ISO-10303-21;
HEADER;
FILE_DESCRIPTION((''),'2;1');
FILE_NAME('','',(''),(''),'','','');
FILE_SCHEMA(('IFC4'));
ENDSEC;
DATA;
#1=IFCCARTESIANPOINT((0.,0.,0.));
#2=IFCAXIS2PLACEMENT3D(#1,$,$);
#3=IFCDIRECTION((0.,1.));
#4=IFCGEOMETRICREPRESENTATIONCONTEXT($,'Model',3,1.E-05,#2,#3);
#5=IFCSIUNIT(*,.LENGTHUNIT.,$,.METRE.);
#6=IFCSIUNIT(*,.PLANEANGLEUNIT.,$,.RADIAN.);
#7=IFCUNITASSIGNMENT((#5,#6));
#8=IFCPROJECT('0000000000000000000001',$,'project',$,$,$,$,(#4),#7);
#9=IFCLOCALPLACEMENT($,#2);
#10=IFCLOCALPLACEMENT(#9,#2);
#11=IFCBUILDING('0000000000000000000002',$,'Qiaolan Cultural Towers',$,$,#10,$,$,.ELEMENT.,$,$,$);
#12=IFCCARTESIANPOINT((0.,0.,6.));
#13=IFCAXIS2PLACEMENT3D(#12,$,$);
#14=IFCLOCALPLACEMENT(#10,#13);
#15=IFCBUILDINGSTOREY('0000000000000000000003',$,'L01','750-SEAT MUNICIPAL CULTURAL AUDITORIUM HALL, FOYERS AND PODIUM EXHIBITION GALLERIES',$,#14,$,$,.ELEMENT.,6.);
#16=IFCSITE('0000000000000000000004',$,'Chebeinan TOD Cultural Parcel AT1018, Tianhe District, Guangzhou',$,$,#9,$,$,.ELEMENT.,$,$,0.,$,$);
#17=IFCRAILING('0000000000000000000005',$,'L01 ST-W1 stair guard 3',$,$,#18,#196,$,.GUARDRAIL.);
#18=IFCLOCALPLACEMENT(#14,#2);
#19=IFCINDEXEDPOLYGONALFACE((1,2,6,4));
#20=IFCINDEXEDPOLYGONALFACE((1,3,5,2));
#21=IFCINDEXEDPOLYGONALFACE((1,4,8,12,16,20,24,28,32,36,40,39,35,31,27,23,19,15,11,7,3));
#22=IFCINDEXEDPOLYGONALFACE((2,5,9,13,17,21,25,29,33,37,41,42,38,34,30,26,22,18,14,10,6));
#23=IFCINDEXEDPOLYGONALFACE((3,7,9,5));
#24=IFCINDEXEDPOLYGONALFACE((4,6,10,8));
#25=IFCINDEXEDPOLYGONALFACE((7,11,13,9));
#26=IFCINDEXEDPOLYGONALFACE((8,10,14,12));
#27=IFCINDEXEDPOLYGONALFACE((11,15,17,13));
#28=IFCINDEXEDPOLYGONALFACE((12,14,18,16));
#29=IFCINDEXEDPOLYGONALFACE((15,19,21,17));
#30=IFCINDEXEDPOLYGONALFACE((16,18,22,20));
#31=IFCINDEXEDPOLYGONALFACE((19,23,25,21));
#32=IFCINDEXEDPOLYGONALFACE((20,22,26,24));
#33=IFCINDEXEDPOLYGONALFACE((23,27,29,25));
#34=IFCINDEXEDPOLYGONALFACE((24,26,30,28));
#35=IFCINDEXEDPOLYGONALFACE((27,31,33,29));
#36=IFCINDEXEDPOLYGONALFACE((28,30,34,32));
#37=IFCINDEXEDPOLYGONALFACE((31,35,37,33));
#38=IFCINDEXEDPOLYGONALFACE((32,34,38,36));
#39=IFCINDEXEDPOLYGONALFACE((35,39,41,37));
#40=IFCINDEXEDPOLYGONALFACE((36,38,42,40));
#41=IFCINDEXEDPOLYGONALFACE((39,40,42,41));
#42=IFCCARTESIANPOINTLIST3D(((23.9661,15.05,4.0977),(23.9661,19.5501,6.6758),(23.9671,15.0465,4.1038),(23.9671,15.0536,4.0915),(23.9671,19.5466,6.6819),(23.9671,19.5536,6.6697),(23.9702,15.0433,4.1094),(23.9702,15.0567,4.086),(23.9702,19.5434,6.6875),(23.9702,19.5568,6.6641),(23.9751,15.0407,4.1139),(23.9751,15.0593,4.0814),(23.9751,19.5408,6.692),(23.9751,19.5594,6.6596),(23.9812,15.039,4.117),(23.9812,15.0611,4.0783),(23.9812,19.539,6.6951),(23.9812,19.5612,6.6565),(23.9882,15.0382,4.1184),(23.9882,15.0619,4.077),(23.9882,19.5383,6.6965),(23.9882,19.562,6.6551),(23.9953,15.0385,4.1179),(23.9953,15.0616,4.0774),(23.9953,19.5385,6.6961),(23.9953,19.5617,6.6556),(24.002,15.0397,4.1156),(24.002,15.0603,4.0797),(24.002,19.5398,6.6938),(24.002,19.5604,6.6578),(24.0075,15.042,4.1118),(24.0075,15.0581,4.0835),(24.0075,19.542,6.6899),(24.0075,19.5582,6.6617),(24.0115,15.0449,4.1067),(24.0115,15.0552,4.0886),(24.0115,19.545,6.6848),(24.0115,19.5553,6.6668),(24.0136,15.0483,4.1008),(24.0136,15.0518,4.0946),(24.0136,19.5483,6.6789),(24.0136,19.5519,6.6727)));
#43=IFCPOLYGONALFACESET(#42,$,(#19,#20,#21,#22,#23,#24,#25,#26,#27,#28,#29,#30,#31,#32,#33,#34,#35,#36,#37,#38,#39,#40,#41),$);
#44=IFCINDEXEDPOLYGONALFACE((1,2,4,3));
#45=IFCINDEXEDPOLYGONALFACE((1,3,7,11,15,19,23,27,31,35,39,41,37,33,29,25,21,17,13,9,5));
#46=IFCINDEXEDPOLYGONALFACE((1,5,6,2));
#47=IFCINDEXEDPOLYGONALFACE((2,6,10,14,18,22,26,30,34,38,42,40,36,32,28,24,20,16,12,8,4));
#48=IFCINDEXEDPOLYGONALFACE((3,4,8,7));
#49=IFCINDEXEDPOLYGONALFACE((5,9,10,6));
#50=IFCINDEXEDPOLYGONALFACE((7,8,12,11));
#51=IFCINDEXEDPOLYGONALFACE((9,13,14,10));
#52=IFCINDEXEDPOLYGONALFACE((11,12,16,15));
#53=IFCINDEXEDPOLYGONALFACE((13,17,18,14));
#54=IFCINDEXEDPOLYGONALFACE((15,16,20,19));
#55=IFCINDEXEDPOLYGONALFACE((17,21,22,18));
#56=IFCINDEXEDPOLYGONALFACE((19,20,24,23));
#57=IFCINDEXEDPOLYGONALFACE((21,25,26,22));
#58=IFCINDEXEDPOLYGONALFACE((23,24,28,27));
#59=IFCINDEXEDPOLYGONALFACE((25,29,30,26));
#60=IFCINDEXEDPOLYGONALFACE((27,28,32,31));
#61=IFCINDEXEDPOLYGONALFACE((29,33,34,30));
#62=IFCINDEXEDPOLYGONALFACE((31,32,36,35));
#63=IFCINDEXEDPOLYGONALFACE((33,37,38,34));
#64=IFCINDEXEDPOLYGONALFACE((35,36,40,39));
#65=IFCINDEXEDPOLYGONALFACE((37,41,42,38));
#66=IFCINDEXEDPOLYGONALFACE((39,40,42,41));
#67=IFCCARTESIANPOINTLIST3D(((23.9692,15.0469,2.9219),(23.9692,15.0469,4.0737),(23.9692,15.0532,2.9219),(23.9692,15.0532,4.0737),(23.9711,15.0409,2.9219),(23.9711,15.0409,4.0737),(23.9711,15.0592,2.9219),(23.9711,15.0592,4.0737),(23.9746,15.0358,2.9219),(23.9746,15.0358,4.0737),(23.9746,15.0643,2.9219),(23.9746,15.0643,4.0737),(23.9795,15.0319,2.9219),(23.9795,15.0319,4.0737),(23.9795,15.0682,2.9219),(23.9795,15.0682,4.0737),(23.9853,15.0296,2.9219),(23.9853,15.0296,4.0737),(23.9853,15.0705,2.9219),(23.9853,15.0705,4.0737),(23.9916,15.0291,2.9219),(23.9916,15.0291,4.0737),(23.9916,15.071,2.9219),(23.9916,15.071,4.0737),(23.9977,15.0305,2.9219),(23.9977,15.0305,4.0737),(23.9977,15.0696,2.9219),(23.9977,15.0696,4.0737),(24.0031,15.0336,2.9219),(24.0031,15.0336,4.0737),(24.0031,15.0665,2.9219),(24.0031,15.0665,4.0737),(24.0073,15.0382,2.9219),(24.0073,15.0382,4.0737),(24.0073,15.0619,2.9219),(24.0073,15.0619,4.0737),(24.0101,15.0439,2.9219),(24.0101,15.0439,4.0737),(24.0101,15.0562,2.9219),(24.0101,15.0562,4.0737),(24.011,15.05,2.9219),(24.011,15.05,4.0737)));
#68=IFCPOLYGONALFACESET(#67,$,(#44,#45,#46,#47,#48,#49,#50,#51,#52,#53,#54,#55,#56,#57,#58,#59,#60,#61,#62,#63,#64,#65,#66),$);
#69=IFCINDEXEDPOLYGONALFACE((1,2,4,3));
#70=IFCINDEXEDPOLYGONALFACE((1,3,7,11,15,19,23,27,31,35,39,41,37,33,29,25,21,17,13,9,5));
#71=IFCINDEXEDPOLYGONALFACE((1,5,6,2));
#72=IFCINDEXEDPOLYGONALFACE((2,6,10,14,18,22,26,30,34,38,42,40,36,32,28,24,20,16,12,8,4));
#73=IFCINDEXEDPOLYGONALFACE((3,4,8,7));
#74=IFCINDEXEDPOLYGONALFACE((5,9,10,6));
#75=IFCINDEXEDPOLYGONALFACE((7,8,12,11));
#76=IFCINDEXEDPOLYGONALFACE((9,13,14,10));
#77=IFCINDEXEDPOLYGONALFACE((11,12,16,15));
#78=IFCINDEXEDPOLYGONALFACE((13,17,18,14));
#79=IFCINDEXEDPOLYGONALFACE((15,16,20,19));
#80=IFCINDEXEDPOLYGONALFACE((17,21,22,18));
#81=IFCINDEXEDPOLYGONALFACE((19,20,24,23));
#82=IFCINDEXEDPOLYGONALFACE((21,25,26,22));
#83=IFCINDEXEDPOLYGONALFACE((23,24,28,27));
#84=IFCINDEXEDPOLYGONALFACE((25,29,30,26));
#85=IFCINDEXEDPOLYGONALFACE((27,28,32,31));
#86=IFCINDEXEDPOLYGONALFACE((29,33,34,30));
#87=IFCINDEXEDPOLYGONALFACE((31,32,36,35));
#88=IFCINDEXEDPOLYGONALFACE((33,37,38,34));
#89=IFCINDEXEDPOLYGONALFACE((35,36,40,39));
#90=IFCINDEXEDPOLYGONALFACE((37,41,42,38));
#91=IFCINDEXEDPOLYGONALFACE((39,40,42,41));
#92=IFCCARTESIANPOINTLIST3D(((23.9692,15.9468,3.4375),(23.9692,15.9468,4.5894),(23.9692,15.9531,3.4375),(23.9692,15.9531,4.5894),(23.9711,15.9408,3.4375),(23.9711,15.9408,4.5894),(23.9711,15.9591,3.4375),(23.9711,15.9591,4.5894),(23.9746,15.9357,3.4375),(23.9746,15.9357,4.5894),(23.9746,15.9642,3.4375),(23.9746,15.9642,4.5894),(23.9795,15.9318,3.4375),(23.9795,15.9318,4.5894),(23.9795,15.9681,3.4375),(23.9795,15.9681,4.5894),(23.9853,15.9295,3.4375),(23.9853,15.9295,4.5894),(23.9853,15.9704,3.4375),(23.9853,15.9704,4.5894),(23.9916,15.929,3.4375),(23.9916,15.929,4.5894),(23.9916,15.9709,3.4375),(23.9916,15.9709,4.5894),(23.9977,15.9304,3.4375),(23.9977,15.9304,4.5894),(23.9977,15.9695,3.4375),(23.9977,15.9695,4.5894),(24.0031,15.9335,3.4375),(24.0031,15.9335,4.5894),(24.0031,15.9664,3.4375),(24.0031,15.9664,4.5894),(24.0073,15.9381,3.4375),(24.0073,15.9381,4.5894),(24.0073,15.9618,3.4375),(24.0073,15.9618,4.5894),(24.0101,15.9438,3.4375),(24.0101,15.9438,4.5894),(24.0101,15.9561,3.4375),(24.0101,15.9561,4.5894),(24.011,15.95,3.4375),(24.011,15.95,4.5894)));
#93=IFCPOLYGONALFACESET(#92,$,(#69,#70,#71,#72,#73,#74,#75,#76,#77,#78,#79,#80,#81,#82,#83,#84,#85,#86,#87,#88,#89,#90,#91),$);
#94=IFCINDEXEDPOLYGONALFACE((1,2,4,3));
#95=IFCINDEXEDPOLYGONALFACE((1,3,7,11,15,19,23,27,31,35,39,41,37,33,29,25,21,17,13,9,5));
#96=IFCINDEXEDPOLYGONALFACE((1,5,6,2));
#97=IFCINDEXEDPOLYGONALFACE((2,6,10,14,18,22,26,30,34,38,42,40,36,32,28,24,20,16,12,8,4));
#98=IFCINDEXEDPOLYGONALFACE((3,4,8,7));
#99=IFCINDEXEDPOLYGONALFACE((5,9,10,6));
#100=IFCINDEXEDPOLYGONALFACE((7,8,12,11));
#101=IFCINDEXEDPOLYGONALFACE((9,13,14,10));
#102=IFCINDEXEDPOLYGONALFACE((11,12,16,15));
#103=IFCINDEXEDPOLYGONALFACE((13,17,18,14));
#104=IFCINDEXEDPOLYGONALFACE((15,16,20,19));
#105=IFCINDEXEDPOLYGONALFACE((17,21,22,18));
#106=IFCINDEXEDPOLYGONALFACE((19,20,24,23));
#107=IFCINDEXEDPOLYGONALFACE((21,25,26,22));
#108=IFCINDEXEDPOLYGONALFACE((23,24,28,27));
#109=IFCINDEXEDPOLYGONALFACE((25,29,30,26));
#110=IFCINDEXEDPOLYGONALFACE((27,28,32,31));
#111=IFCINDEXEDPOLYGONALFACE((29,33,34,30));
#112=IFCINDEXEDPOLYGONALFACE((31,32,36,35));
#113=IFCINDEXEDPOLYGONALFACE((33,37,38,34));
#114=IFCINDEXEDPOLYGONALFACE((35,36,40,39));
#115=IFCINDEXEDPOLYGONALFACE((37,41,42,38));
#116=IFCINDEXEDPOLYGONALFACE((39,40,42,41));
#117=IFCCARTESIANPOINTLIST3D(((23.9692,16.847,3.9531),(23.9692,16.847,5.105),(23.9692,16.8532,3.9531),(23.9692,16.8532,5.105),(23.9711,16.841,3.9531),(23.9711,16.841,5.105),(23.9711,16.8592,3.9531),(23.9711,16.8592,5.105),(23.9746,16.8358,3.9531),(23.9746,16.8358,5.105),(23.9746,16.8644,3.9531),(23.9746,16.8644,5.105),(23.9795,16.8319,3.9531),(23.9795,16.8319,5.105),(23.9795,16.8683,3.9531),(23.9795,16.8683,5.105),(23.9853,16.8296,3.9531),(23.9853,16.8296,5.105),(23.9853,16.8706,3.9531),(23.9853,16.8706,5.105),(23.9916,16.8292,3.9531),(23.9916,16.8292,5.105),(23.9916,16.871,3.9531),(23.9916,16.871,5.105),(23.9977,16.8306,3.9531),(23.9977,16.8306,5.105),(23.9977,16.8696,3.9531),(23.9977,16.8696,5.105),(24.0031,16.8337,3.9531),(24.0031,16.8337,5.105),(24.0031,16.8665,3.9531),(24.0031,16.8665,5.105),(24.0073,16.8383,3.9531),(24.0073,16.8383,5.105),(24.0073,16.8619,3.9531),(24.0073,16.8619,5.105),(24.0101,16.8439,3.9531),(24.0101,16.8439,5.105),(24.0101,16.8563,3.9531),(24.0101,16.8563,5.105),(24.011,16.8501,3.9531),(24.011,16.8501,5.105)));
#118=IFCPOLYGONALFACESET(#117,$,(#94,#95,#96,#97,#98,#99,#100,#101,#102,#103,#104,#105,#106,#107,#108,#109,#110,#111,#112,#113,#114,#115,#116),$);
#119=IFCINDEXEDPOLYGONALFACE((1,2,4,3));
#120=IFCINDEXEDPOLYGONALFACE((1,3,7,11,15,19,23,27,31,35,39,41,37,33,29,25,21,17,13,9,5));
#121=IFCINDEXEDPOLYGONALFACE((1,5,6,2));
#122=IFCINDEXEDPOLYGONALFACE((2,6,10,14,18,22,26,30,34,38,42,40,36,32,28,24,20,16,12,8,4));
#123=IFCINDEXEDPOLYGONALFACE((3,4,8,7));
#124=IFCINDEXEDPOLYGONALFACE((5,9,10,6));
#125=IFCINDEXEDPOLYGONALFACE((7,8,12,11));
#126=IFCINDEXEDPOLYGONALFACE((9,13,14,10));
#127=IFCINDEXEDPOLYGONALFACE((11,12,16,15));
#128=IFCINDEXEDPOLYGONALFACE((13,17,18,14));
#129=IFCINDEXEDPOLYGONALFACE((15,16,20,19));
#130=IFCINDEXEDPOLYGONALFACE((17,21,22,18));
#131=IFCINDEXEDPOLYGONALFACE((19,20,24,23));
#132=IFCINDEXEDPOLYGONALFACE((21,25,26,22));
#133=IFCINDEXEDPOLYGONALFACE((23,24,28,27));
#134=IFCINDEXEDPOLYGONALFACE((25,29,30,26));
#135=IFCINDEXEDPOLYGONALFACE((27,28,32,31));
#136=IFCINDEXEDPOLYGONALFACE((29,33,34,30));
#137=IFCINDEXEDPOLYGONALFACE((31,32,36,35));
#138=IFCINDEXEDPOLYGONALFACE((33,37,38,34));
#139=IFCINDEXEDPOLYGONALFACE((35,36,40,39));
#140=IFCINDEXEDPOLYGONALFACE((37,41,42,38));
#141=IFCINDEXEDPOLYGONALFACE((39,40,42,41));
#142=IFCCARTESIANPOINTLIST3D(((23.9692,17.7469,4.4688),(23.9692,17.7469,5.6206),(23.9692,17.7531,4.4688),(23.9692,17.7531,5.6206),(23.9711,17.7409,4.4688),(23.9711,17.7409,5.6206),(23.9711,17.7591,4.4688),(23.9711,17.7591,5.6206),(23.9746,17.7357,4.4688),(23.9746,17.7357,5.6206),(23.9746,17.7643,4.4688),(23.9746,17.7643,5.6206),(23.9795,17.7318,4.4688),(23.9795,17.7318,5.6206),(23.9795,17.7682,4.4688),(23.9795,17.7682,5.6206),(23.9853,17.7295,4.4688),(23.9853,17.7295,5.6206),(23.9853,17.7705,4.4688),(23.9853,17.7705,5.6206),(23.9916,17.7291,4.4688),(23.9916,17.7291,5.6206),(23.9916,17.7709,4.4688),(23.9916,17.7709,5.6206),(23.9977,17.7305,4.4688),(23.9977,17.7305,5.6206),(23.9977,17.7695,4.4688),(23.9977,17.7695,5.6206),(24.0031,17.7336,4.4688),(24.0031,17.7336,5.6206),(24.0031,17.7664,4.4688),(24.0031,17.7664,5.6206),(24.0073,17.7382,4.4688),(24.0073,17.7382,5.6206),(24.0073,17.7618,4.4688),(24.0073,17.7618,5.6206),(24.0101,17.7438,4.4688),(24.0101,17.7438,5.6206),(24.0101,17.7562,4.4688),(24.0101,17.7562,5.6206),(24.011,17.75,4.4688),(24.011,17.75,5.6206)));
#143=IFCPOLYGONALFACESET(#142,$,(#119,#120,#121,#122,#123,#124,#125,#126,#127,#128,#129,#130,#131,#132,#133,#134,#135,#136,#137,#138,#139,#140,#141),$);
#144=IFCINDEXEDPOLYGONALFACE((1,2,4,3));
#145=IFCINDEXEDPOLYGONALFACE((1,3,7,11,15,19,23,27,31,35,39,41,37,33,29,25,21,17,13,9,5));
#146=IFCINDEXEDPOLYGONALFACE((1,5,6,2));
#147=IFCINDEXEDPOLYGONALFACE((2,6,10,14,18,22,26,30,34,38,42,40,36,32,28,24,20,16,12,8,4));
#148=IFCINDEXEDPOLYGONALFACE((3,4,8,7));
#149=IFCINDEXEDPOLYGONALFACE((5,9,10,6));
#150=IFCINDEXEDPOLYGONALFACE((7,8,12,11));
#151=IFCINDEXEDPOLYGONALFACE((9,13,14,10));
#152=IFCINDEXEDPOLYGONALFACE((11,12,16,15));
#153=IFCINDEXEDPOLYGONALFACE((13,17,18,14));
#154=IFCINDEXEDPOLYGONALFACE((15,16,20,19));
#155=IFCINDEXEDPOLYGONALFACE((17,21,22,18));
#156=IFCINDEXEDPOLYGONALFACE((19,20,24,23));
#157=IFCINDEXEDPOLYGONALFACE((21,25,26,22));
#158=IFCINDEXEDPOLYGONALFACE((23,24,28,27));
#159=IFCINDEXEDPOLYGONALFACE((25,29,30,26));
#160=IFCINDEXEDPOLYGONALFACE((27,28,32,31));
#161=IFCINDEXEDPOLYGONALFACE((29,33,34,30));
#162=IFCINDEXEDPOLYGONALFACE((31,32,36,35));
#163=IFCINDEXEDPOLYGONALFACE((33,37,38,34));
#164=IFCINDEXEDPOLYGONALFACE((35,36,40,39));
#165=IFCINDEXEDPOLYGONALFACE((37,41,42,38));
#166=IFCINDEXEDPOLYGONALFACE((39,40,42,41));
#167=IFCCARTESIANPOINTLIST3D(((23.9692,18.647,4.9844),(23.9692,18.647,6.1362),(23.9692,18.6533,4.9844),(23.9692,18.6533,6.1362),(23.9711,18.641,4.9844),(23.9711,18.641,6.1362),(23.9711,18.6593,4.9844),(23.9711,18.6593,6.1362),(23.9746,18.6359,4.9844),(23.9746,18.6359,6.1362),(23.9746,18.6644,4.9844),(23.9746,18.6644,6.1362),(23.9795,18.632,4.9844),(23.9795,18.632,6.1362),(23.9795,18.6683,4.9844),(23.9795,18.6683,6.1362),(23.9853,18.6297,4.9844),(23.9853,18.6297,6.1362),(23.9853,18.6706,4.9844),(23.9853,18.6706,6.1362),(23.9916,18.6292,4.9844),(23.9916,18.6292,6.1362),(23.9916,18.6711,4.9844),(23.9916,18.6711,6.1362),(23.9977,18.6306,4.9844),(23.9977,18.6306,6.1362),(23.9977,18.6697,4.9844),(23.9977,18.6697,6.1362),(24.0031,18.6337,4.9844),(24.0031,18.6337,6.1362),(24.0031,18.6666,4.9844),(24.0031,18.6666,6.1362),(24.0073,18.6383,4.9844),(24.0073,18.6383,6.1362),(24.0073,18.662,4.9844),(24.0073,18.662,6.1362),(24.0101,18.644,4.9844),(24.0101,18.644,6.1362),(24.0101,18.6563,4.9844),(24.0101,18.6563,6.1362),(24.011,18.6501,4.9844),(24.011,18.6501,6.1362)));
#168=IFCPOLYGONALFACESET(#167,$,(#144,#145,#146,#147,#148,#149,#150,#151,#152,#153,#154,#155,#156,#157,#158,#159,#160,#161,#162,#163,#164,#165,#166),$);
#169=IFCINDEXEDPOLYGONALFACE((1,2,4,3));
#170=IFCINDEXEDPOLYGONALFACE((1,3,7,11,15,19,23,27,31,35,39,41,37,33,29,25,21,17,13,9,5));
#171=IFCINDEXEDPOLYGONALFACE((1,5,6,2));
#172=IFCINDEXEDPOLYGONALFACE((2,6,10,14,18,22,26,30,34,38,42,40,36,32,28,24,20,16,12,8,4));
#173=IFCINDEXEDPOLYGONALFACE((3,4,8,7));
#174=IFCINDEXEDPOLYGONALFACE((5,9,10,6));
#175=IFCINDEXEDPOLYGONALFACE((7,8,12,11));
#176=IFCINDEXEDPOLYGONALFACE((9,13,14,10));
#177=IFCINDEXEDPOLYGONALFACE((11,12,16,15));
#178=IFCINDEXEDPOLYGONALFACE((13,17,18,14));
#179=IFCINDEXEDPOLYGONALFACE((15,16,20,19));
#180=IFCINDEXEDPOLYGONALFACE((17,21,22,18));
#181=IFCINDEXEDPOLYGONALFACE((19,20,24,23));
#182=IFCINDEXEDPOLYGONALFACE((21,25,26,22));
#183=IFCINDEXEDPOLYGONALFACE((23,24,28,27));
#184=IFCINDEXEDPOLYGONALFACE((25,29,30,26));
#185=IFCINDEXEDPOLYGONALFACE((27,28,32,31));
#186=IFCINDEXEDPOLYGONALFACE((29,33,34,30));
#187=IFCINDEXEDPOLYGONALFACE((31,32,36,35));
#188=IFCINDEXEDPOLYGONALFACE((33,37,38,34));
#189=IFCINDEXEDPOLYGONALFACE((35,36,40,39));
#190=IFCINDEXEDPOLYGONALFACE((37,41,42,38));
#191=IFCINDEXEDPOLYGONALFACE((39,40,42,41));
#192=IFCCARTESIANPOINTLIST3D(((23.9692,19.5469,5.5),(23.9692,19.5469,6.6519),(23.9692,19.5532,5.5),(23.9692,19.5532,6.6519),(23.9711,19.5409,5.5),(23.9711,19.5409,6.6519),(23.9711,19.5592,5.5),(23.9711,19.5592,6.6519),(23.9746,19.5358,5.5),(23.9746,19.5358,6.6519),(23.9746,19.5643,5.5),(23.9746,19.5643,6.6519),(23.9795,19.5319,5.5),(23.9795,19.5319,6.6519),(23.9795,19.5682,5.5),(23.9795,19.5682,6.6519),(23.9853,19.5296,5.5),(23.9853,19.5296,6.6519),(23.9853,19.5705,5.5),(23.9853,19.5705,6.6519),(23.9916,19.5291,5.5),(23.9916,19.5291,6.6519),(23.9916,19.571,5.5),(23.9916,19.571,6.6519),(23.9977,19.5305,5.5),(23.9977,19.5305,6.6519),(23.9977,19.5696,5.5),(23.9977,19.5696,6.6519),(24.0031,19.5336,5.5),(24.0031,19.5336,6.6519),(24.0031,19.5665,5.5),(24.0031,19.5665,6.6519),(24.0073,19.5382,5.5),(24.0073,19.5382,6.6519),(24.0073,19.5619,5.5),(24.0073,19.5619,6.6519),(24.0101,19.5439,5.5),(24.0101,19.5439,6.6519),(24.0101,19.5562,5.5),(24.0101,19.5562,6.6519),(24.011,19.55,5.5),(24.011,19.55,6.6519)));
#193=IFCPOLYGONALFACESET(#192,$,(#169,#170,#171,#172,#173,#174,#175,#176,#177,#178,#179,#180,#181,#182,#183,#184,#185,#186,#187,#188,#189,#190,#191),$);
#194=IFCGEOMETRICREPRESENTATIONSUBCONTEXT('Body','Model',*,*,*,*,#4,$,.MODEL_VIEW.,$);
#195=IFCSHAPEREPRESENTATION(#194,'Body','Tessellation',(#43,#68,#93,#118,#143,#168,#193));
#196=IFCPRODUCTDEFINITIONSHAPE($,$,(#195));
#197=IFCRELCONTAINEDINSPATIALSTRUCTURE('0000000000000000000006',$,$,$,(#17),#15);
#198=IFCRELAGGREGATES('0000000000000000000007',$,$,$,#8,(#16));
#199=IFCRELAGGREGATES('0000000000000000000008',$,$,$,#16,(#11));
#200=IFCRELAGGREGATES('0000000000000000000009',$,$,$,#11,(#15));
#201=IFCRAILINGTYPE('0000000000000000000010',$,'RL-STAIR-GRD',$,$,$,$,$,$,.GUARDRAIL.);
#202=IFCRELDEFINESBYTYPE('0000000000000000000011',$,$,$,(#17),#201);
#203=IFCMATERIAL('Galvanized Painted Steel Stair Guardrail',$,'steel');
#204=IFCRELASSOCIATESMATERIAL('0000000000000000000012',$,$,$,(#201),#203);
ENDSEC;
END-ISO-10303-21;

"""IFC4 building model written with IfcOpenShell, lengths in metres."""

from ifc_helpers import new_model, si_unit, direction, frame, origin, origin_2d, place, context, subcontext, project, spatial, circle, extrude, material, type_object, element, save


model = new_model("IFC4")

# Units and contexts
model_context = context("Model", 3, precision=1e-05, world=origin(), true_north=direction((0.0, 1.0)))
body_context = subcontext(model_context, "Body", "Model", "MODEL_VIEW")
ifc_project = project(units=[si_unit("LENGTHUNIT", "METRE"), si_unit("PLANEANGLEUNIT", "RADIAN")], contexts=[model_context])

# Site, building, storey
site_placement = place(None, origin())
site = spatial("IfcSite", under=ifc_project, at=site_placement, Name="Chebeinan TOD Cultural Parcel AT1018, Tianhe District, Guangzhou", CompositionType="ELEMENT", RefElevation=0.0)
building_placement = place(site_placement, origin())
building = spatial("IfcBuilding", under=site, at=building_placement, Name="Qiaolan Cultural Towers", CompositionType="ELEMENT")
storey_placement = place(building_placement, frame((0.0, 0.0, 6.0)))
storey = spatial("IfcBuildingStorey", under=building, at=storey_placement, Name="L01", Description="750-SEAT MUNICIPAL CULTURAL AUDITORIUM HALL, FOYERS AND PODIUM EXHIBITION GALLERIES", CompositionType="ELEMENT", Elevation=6.0)

# Railing
ifc_material_1 = material(Name="Galvanized Painted Steel Stair Guardrail", Category="steel")
railing_type_1 = type_object("IfcRailingType", Name="RL-STAIR-GRD", PredefinedType="GUARDRAIL", material=ifc_material_1)
railing_1_placement = place(storey_placement, frame((23.99, 15.05, 2.9219)))
element("IfcRailing", 1, at=railing_1_placement, inside=storey, type_object=railing_type_1, Name="L01 ST-W1 stair guard 3", PredefinedType="GUARDRAIL", context=body_context, shape_type="SweptSolid", body=[
    extrude(circle(Radius=0.0239, at=origin_2d()), frame((0.0, 0.0, 1.1758), z_axis=(0.0, 0.867686, 0.497112), x_axis=(-1.0, 0.0, 0.0)), (0.0, 0.0, 1.0), 5.1863),
    extrude(circle(Radius=0.021, at=origin_2d()), origin(), (0.0, 0.0, 1.0), 1.1519),
    extrude(circle(Radius=0.021, at=origin_2d()), frame((0.0, 0.8999, 0.5156)), (0.0, 0.0, 1.0), 1.1519),
    extrude(circle(Radius=0.021, at=origin_2d()), frame((0.0, 1.8, 1.0312)), (0.0, 0.0, 1.0), 1.1519),
    extrude(circle(Radius=0.021, at=origin_2d()), frame((0.0, 2.7, 1.5469)), (0.0, 0.0, 1.0), 1.1519),
    extrude(circle(Radius=0.021, at=origin_2d()), frame((0.0, 3.6001, 2.0625)), (0.0, 0.0, 1.0), 1.1519),
    extrude(circle(Radius=0.021, at=origin_2d()), frame((0.0, 4.5, 2.5781)), (0.0, 0.0, 1.0), 1.1519),
])

save(model, "model.ifc")
